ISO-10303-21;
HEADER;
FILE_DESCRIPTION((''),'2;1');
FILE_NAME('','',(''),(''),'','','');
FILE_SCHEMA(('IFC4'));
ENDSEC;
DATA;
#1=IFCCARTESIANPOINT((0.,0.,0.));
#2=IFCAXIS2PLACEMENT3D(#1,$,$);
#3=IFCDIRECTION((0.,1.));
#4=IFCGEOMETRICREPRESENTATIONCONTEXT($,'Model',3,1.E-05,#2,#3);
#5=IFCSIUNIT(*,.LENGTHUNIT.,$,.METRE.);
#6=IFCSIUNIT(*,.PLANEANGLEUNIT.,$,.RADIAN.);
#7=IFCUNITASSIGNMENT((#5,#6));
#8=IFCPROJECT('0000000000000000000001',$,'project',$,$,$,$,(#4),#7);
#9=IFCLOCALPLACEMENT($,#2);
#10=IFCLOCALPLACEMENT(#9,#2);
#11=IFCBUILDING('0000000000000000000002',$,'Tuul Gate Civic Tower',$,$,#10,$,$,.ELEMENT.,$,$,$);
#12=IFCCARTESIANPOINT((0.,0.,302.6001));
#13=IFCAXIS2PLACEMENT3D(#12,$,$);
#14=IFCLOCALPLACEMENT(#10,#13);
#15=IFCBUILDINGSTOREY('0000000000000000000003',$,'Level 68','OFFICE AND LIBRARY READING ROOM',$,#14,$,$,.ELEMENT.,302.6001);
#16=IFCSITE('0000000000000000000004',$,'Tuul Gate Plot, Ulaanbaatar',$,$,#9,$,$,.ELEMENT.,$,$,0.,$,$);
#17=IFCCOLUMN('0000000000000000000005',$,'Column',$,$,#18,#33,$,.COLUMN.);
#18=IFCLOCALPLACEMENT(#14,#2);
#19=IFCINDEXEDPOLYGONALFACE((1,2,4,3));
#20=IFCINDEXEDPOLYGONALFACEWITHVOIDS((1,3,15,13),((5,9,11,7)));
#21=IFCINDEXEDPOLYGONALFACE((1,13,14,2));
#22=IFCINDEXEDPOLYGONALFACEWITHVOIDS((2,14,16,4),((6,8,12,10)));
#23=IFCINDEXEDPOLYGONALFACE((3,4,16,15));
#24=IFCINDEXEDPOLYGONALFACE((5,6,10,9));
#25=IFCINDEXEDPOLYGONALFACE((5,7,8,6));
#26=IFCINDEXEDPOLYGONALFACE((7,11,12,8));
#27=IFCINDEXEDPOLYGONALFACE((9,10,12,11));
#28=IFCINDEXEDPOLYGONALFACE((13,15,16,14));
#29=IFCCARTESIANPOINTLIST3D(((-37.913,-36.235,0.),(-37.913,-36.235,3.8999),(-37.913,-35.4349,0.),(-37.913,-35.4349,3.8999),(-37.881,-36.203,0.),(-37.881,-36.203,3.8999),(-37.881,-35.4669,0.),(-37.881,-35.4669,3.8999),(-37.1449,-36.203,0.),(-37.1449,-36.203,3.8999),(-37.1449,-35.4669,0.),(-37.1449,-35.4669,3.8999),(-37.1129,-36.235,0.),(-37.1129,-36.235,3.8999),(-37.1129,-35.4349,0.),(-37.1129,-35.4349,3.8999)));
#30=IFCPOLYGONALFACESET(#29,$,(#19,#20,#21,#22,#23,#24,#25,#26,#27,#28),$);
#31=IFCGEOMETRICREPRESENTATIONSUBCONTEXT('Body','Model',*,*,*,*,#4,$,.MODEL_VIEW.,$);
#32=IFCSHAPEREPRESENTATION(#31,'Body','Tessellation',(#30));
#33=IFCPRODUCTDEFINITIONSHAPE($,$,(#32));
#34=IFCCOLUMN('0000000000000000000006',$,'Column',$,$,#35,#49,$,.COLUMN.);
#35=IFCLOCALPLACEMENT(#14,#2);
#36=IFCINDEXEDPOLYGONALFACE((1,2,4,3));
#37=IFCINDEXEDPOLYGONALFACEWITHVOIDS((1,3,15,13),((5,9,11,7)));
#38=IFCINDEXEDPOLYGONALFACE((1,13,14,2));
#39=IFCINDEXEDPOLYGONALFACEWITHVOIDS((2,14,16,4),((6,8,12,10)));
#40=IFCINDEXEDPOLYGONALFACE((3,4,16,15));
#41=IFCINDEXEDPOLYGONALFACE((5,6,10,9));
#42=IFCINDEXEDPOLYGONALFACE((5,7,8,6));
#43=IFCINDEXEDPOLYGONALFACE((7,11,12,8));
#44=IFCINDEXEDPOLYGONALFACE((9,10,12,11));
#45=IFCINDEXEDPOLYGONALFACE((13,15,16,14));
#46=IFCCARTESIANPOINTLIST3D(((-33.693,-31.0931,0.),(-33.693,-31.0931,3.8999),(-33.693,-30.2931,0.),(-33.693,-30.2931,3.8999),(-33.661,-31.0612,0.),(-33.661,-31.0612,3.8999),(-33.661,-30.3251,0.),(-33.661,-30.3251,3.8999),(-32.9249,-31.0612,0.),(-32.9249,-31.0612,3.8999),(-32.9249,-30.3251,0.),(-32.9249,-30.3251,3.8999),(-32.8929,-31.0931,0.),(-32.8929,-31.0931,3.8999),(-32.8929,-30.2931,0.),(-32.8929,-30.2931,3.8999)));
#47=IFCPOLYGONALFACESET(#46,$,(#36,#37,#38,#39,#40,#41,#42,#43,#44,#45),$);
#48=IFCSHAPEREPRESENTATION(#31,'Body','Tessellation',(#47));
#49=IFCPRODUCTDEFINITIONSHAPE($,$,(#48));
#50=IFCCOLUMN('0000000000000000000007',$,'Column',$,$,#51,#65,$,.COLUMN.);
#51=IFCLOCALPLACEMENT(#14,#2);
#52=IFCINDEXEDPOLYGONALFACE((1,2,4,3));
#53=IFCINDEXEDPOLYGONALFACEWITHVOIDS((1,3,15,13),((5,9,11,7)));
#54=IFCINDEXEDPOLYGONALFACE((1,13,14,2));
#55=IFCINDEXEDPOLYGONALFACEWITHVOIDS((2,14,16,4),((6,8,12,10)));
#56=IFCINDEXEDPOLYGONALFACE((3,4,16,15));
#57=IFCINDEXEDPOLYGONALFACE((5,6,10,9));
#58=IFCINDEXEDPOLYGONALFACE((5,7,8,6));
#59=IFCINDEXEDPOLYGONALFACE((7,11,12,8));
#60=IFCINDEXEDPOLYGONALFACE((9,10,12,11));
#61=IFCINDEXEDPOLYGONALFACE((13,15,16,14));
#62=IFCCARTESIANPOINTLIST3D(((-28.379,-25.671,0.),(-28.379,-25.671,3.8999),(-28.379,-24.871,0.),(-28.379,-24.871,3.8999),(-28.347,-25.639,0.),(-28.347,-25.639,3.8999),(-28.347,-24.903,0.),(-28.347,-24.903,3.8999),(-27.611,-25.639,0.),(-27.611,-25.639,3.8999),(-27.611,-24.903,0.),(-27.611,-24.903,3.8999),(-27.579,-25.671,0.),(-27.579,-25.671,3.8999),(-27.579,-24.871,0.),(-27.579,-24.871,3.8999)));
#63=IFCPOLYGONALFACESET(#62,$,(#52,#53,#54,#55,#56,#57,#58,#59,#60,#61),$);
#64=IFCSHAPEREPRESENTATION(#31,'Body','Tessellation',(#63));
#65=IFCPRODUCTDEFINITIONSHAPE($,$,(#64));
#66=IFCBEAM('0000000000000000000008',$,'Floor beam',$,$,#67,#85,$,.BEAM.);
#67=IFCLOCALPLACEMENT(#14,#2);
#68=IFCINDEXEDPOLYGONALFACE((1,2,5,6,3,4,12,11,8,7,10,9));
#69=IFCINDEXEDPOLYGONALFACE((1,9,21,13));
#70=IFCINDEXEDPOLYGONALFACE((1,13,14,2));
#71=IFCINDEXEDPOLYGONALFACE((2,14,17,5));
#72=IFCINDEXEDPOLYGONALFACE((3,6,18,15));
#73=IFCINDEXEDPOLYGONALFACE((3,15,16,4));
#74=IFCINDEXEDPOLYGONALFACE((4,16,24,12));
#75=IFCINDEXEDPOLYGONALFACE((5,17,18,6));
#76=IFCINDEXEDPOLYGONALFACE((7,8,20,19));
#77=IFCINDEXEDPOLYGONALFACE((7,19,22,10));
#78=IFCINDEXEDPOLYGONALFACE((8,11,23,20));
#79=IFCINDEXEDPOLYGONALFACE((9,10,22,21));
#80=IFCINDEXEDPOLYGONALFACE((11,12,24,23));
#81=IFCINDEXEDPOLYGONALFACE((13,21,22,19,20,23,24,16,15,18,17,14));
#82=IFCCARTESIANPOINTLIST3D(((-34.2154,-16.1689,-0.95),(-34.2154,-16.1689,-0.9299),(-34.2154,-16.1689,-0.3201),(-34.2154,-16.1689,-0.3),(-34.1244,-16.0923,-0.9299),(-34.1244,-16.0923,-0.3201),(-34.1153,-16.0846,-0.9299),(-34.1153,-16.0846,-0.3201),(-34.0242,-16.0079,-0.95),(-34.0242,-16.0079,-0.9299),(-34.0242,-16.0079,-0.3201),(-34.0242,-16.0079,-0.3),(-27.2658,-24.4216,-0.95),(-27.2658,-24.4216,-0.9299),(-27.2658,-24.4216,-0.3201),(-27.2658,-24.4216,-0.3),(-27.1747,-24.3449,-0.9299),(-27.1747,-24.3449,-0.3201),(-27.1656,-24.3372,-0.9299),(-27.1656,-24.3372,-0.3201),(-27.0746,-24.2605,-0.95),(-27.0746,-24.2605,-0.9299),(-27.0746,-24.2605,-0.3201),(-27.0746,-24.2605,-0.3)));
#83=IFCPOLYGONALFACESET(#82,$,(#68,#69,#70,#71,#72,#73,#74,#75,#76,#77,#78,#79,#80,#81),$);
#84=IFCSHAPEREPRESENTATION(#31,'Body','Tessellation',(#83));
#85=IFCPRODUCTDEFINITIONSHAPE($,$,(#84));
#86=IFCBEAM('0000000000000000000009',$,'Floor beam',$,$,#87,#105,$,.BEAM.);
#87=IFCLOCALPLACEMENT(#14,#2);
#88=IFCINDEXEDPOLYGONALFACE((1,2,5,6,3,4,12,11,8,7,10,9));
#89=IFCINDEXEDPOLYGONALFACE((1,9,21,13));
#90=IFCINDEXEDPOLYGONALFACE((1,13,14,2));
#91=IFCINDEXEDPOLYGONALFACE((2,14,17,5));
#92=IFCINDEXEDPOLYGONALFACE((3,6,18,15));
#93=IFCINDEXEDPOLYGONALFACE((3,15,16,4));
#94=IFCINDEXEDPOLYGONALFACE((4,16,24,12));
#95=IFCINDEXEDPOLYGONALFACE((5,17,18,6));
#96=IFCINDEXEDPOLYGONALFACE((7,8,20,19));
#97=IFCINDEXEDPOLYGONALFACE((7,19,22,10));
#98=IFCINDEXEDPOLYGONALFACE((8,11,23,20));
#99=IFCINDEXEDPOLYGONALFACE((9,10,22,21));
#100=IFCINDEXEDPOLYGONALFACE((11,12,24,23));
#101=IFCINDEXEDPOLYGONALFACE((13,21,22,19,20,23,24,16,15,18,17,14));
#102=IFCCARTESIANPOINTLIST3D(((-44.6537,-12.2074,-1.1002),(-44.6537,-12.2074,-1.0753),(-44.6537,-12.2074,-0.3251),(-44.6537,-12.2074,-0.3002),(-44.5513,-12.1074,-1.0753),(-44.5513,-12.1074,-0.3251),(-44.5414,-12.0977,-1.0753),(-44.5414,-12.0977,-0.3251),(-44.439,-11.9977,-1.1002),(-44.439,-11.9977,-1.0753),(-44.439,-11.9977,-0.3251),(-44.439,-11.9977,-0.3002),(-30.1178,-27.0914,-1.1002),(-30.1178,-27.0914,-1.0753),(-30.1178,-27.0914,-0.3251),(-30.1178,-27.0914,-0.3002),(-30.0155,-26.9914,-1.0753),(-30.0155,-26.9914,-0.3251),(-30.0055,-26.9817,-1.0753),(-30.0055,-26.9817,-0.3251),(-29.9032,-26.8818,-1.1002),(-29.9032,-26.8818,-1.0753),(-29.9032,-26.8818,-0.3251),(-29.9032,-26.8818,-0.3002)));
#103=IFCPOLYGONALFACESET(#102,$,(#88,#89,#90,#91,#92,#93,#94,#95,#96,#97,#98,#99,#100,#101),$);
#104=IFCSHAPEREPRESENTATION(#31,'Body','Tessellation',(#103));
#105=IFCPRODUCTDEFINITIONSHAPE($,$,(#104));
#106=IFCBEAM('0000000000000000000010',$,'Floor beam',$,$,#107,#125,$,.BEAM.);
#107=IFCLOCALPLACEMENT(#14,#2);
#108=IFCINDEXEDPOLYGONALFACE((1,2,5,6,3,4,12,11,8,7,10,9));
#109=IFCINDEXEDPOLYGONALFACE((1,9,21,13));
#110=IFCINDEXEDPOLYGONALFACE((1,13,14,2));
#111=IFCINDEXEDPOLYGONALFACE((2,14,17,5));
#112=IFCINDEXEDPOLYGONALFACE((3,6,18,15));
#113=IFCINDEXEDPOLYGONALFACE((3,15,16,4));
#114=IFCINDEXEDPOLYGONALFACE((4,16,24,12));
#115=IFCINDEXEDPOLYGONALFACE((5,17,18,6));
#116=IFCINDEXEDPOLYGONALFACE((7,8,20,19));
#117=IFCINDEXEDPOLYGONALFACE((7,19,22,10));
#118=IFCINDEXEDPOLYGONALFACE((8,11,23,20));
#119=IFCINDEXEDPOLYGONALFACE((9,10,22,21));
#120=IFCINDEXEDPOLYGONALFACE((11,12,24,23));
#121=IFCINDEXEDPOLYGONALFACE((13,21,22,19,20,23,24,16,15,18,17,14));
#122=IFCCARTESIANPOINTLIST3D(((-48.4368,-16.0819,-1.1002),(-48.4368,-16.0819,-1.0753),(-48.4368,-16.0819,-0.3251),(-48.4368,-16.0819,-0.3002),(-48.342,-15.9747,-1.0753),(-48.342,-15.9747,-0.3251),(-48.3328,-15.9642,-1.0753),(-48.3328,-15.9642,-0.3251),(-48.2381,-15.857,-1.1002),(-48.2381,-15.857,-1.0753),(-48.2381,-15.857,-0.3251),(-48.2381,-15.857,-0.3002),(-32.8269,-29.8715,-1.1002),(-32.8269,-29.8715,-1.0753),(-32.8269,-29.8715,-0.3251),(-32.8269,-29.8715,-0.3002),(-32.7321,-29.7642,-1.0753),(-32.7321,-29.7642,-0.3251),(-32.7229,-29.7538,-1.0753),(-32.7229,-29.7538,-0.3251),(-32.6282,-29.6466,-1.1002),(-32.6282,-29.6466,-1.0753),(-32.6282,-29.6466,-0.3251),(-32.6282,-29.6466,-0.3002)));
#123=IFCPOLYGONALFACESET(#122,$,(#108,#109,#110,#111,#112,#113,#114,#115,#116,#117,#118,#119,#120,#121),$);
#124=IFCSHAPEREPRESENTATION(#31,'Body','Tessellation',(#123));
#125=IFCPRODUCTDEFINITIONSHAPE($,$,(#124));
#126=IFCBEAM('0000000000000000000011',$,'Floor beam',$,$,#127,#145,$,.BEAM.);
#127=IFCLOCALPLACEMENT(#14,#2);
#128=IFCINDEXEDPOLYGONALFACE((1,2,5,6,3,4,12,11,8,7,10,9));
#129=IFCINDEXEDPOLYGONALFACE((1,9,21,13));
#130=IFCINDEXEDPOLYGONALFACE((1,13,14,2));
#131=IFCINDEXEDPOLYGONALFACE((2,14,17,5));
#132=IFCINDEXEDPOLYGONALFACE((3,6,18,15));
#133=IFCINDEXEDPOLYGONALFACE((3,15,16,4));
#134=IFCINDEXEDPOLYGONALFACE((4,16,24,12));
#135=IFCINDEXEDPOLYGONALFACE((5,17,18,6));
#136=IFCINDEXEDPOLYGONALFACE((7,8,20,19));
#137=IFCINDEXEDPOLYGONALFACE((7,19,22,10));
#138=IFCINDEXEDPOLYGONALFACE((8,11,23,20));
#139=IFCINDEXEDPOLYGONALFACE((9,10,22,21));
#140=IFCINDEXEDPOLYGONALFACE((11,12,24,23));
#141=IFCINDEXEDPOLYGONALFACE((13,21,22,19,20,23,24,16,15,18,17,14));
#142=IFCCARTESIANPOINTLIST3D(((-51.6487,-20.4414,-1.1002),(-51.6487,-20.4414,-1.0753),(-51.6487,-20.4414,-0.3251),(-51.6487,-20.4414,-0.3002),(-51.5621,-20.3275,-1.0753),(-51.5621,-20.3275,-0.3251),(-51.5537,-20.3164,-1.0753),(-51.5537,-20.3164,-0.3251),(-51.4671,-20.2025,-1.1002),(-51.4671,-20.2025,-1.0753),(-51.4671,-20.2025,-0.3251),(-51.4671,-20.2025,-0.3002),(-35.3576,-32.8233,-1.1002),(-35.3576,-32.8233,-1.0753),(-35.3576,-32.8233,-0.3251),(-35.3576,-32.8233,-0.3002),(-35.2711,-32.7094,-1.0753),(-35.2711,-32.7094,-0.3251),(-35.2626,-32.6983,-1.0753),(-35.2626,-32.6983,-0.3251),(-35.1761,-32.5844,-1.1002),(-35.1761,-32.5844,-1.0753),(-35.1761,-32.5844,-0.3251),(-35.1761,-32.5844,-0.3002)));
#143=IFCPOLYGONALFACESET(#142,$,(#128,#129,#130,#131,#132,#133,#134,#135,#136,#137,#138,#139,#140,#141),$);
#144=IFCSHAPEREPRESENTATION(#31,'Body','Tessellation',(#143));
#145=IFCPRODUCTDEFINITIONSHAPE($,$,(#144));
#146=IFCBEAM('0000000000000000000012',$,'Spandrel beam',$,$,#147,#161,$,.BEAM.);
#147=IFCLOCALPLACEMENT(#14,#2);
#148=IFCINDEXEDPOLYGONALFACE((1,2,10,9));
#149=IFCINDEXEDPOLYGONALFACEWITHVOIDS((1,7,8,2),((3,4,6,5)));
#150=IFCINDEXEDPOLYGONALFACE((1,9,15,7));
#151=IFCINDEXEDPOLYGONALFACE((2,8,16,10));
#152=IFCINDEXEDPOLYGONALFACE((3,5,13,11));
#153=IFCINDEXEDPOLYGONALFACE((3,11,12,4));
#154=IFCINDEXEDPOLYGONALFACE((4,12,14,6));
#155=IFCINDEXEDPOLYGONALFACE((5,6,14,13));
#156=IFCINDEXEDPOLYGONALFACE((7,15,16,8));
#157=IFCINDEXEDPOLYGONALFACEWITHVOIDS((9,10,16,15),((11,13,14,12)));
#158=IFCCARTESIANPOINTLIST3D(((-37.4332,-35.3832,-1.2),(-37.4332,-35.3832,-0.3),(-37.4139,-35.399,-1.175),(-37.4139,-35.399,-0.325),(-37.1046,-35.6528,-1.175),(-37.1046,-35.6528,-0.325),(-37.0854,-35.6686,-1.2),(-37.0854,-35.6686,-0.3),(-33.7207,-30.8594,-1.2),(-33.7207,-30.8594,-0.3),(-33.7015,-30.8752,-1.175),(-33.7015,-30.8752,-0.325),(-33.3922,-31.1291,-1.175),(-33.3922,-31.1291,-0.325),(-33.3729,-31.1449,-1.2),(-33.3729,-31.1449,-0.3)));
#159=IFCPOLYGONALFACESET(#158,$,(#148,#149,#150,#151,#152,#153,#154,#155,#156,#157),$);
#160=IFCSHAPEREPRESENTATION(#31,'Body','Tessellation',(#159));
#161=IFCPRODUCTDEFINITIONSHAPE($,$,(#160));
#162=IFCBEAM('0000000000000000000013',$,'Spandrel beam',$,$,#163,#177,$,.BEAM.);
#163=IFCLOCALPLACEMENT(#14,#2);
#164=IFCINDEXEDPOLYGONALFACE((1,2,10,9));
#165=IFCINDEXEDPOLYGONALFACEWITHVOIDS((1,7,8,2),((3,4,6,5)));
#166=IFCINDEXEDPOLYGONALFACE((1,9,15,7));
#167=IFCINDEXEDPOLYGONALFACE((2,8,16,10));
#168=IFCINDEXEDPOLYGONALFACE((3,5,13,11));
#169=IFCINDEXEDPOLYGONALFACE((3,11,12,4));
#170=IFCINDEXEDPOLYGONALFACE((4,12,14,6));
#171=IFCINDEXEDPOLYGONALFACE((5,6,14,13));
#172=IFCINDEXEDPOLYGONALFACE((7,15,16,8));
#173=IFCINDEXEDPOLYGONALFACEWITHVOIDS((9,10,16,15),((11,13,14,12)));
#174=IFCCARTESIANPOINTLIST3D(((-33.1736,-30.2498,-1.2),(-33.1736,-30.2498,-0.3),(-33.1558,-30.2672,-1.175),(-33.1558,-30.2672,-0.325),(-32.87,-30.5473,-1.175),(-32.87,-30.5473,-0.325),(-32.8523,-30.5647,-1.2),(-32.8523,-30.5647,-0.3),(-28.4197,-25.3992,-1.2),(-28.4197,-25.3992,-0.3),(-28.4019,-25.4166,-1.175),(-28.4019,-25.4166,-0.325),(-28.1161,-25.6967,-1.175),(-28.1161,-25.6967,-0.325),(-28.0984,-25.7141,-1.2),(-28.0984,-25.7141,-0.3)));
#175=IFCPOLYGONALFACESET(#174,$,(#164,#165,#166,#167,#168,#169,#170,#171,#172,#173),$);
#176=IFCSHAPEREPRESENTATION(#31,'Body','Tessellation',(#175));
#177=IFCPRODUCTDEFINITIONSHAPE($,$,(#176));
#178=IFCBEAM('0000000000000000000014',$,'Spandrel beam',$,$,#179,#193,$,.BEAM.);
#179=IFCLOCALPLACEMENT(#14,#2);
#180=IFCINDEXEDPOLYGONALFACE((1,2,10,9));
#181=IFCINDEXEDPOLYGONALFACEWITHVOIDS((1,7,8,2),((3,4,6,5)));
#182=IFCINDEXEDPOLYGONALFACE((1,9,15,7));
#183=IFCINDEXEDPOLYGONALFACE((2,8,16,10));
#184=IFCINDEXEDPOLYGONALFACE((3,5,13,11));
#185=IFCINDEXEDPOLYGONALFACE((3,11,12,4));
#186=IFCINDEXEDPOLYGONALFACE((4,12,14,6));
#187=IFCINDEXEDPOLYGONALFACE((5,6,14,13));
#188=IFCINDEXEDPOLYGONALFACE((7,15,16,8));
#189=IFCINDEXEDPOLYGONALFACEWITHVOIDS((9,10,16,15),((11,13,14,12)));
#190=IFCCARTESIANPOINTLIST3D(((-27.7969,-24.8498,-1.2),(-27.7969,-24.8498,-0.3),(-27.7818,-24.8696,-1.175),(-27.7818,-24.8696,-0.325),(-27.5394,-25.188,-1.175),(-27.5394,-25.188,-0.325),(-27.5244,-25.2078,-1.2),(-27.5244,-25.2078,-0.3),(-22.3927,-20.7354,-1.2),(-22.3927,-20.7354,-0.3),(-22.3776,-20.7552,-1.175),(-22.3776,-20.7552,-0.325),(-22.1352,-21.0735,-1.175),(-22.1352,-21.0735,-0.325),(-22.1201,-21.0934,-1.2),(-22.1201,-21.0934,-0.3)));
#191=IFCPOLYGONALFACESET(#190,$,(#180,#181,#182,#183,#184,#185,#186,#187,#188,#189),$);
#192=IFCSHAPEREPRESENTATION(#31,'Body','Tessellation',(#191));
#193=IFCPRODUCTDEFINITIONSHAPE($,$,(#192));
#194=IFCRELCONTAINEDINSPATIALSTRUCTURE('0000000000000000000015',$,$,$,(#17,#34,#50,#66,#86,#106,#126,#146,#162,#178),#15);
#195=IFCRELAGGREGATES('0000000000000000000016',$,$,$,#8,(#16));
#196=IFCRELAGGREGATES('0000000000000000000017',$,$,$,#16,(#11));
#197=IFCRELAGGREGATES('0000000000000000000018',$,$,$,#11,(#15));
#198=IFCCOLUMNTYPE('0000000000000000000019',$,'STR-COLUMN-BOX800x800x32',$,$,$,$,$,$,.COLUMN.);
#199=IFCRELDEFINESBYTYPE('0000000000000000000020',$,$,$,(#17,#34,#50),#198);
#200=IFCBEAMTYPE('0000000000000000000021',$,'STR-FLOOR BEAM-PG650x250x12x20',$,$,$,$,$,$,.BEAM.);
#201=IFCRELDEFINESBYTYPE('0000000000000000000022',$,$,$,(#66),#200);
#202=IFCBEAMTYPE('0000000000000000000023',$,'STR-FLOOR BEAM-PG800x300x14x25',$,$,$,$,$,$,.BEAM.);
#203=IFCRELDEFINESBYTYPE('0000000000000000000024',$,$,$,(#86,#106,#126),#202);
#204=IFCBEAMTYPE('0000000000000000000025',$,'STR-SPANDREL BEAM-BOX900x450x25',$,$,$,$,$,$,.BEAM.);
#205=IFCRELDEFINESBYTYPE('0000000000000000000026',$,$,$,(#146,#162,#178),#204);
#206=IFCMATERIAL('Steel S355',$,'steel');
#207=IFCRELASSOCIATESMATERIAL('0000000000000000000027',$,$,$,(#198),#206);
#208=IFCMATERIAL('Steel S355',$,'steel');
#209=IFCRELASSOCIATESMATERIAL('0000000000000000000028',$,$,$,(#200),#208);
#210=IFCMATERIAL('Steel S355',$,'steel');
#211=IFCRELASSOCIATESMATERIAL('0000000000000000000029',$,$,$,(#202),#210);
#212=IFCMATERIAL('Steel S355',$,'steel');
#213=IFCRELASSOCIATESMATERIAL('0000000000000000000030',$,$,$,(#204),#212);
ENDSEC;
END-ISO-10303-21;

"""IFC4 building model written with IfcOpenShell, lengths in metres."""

from ifc_helpers import new_model, si_unit, direction, frame, origin, origin_2d, place, context, subcontext, project, spatial, hollow_rectangle, i_section, extrude, material, material_profile, profile_set, type_object, element, save


model = new_model("IFC4")

# Units and contexts
model_context = context("Model", 3, precision=1e-05, world=origin(), true_north=direction((0.0, 1.0)))
body_context = subcontext(model_context, "Body", "Model", "MODEL_VIEW")
ifc_project = project(units=[si_unit("LENGTHUNIT", "METRE"), si_unit("PLANEANGLEUNIT", "RADIAN")], contexts=[model_context])

# Site, building, storey
site_placement = place(None, origin())
site = spatial("IfcSite", under=ifc_project, at=site_placement, Name="Tuul Gate Plot, Ulaanbaatar", CompositionType="ELEMENT", RefElevation=0.0)
building_placement = place(site_placement, origin())
building = spatial("IfcBuilding", under=site, at=building_placement, Name="Tuul Gate Civic Tower", CompositionType="ELEMENT")
storey_placement = place(building_placement, frame((0.0, 0.0, 302.6001)))
storey = spatial("IfcBuildingStorey", under=building, at=storey_placement, Name="Level 68", Description="OFFICE AND LIBRARY READING ROOM", CompositionType="ELEMENT", Elevation=302.6001)

# Columns
ifc_material_1 = material(Name="Steel S355", Category="steel")
ifc_material_profile_1 = material_profile(ifc_material_1, hollow_rectangle(XDim=0.8, YDim=0.8, WallThickness=0.032, at=origin_2d()), Name="BOX800x800x32")
ifc_profile_set_1 = profile_set([ifc_material_profile_1], Name="Steel S355")
column_type = type_object("IfcColumnType", Name="STR-COLUMN-BOX800x800x32", PredefinedType="COLUMN", material=ifc_profile_set_1)
for number, where, z_axis, x_axis, name in (
    (1, (-37.5129, -35.835, 0.0), (0.0, 0.0, 1.0), (1.0, 0.0, 0.0), "Column"),
    (2, (-33.293, -30.6931, 0.0), (0.0, 0.0, 1.0), (1.0, 0.0, 0.0), "Column"),
    (3, (-27.979, -25.271, 0.0), (0.0, 0.0, 1.0), (1.0, 0.0, 0.0), "Column"),
):
    element("IfcColumn", number, at=place(storey_placement, frame(where, z_axis=z_axis, x_axis=x_axis)), inside=storey, type_object=column_type, Name=name, PredefinedType="COLUMN", context=body_context, shape_type="SweptSolid", body=[
        extrude(hollow_rectangle(XDim=0.8, YDim=0.8, WallThickness=0.032, at=origin_2d()), origin(), (0.0, 0.0, 1.0), 3.8999),
    ])

# Beams
ifc_material_2 = material(Name="Steel S355", Category="steel")
ifc_material_profile_2 = material_profile(ifc_material_2, i_section(OverallWidth=0.25, OverallDepth=0.6499, WebThickness=0.012, FlangeThickness=0.02, at=origin_2d()), Name="PG650x250x12x20")
ifc_profile_set_2 = profile_set([ifc_material_profile_2], Name="Steel S355")
beam_type_1 = type_object("IfcBeamType", Name="STR-FLOOR BEAM-PG650x250x12x20", PredefinedType="BEAM", material=ifc_profile_set_2)
beam_1_placement = place(storey_placement, frame((-27.1702, -24.3411, -0.625), z_axis=(-0.64414, 0.764908, 0.0), x_axis=(-0.764908, -0.64414, 0.0)))
element("IfcBeam", 4, at=beam_1_placement, inside=storey, type_object=beam_type_1, Name="Floor beam", PredefinedType="BEAM", context=body_context, shape_type="SweptSolid", body=[
    extrude(i_section(OverallWidth=0.25, OverallDepth=0.6499, WebThickness=0.012, FlangeThickness=0.02, at=origin_2d()), origin(), (0.0, 0.0, 1.0), 10.7891),
])
ifc_material_3 = material(Name="Steel S355", Category="steel")
ifc_material_profile_3 = material_profile(ifc_material_3, i_section(OverallWidth=0.3, OverallDepth=0.8, WebThickness=0.0139, FlangeThickness=0.0249, at=origin_2d()), Name="PG800x300x14x25")
ifc_profile_set_3 = profile_set([ifc_material_profile_3], Name="Steel S355")
beam_type_2 = type_object("IfcBeamType", Name="STR-FLOOR BEAM-PG800x300x14x25", PredefinedType="BEAM", material=ifc_profile_set_3)
beam_2_placement = place(storey_placement, frame((-30.0105, -26.9866, -0.7002), z_axis=(-0.69869, 0.715424, 0.0), x_axis=(-0.715424, -0.69869, 0.0)))
element("IfcBeam", 5, at=beam_2_placement, inside=storey, type_object=beam_type_2, Name="Floor beam", PredefinedType="BEAM", context=body_context, shape_type="SweptSolid", body=[
    extrude(i_section(OverallWidth=0.3, OverallDepth=0.8, WebThickness=0.0139, FlangeThickness=0.0249, at=origin_2d()), origin(), (0.0, 0.0, 1.0), 20.8044),
])
beam_3_placement = place(storey_placement, frame((-32.7275, -29.759, -0.7002), z_axis=(-0.749453, 0.662057, 0.0), x_axis=(-0.662057, -0.749453, 0.0)))
element("IfcBeam", 6, at=beam_3_placement, inside=storey, type_object=beam_type_2, Name="Floor beam", PredefinedType="BEAM", context=body_context, shape_type="SweptSolid", body=[
    extrude(i_section(OverallWidth=0.3, OverallDepth=0.8, WebThickness=0.0139, FlangeThickness=0.0249, at=origin_2d()), origin(), (0.0, 0.0, 1.0), 20.8284),
])
beam_4_placement = place(storey_placement, frame((-35.2668, -32.7039, -0.7002), z_axis=(-0.796147, 0.605104, 0.0), x_axis=(-0.605104, -0.796147, 0.0)))
element("IfcBeam", 7, at=beam_4_placement, inside=storey, type_object=beam_type_2, Name="Floor beam", PredefinedType="BEAM", context=body_context, shape_type="SweptSolid", body=[
    extrude(i_section(OverallWidth=0.3, OverallDepth=0.8, WebThickness=0.0139, FlangeThickness=0.0249, at=origin_2d()), origin(), (0.0, 0.0, 1.0), 20.4624),
])
ifc_material_4 = material(Name="Steel S355", Category="steel")
ifc_material_profile_4 = material_profile(ifc_material_4, hollow_rectangle(XDim=0.45, YDim=0.8999, WallThickness=0.0249, at=origin_2d()), Name="BOX900x450x25")
ifc_profile_set_4 = profile_set([ifc_material_profile_4], Name="Steel S355")
beam_type_3 = type_object("IfcBeamType", Name="STR-SPANDREL BEAM-BOX900x450x25", PredefinedType="BEAM", material=ifc_profile_set_4)
beam_5_placement = place(storey_placement, frame((-37.2593, -35.5259, -0.75), z_axis=(0.634384, 0.773018, 0.0), x_axis=(-0.773018, 0.634384, 0.0)))
element("IfcBeam", 8, at=beam_5_placement, inside=storey, type_object=beam_type_3, Name="Spandrel beam", PredefinedType="BEAM", context=body_context, shape_type="SweptSolid", body=[
    extrude(hollow_rectangle(XDim=0.45, YDim=0.8999, WallThickness=0.0249, at=origin_2d()), origin(), (0.0, 0.0, 1.0), 5.8521),
])
beam_6_placement = place(storey_placement, frame((-33.0129, -30.4072, -0.75), z_axis=(0.699954, 0.714188, 0.0), x_axis=(-0.714188, 0.699954, 0.0)))
element("IfcBeam", 9, at=beam_6_placement, inside=storey, type_object=beam_type_3, Name="Spandrel beam", PredefinedType="BEAM", context=body_context, shape_type="SweptSolid", body=[
    extrude(hollow_rectangle(XDim=0.45, YDim=0.8999, WallThickness=0.0249, at=origin_2d()), origin(), (0.0, 0.0, 1.0), 6.7917),
])
beam_7_placement = place(storey_placement, frame((-27.6606, -25.0288, -0.75), z_axis=(0.795649, 0.605758, 0.0), x_axis=(-0.605758, 0.795649, 0.0)))
element("IfcBeam", 10, at=beam_7_placement, inside=storey, type_object=beam_type_3, Name="Spandrel beam", PredefinedType="BEAM", context=body_context, shape_type="SweptSolid", body=[
    extrude(hollow_rectangle(XDim=0.45, YDim=0.8999, WallThickness=0.0249, at=origin_2d()), origin(), (0.0, 0.0, 1.0), 6.7922),
])

save(model, "model.ifc")
